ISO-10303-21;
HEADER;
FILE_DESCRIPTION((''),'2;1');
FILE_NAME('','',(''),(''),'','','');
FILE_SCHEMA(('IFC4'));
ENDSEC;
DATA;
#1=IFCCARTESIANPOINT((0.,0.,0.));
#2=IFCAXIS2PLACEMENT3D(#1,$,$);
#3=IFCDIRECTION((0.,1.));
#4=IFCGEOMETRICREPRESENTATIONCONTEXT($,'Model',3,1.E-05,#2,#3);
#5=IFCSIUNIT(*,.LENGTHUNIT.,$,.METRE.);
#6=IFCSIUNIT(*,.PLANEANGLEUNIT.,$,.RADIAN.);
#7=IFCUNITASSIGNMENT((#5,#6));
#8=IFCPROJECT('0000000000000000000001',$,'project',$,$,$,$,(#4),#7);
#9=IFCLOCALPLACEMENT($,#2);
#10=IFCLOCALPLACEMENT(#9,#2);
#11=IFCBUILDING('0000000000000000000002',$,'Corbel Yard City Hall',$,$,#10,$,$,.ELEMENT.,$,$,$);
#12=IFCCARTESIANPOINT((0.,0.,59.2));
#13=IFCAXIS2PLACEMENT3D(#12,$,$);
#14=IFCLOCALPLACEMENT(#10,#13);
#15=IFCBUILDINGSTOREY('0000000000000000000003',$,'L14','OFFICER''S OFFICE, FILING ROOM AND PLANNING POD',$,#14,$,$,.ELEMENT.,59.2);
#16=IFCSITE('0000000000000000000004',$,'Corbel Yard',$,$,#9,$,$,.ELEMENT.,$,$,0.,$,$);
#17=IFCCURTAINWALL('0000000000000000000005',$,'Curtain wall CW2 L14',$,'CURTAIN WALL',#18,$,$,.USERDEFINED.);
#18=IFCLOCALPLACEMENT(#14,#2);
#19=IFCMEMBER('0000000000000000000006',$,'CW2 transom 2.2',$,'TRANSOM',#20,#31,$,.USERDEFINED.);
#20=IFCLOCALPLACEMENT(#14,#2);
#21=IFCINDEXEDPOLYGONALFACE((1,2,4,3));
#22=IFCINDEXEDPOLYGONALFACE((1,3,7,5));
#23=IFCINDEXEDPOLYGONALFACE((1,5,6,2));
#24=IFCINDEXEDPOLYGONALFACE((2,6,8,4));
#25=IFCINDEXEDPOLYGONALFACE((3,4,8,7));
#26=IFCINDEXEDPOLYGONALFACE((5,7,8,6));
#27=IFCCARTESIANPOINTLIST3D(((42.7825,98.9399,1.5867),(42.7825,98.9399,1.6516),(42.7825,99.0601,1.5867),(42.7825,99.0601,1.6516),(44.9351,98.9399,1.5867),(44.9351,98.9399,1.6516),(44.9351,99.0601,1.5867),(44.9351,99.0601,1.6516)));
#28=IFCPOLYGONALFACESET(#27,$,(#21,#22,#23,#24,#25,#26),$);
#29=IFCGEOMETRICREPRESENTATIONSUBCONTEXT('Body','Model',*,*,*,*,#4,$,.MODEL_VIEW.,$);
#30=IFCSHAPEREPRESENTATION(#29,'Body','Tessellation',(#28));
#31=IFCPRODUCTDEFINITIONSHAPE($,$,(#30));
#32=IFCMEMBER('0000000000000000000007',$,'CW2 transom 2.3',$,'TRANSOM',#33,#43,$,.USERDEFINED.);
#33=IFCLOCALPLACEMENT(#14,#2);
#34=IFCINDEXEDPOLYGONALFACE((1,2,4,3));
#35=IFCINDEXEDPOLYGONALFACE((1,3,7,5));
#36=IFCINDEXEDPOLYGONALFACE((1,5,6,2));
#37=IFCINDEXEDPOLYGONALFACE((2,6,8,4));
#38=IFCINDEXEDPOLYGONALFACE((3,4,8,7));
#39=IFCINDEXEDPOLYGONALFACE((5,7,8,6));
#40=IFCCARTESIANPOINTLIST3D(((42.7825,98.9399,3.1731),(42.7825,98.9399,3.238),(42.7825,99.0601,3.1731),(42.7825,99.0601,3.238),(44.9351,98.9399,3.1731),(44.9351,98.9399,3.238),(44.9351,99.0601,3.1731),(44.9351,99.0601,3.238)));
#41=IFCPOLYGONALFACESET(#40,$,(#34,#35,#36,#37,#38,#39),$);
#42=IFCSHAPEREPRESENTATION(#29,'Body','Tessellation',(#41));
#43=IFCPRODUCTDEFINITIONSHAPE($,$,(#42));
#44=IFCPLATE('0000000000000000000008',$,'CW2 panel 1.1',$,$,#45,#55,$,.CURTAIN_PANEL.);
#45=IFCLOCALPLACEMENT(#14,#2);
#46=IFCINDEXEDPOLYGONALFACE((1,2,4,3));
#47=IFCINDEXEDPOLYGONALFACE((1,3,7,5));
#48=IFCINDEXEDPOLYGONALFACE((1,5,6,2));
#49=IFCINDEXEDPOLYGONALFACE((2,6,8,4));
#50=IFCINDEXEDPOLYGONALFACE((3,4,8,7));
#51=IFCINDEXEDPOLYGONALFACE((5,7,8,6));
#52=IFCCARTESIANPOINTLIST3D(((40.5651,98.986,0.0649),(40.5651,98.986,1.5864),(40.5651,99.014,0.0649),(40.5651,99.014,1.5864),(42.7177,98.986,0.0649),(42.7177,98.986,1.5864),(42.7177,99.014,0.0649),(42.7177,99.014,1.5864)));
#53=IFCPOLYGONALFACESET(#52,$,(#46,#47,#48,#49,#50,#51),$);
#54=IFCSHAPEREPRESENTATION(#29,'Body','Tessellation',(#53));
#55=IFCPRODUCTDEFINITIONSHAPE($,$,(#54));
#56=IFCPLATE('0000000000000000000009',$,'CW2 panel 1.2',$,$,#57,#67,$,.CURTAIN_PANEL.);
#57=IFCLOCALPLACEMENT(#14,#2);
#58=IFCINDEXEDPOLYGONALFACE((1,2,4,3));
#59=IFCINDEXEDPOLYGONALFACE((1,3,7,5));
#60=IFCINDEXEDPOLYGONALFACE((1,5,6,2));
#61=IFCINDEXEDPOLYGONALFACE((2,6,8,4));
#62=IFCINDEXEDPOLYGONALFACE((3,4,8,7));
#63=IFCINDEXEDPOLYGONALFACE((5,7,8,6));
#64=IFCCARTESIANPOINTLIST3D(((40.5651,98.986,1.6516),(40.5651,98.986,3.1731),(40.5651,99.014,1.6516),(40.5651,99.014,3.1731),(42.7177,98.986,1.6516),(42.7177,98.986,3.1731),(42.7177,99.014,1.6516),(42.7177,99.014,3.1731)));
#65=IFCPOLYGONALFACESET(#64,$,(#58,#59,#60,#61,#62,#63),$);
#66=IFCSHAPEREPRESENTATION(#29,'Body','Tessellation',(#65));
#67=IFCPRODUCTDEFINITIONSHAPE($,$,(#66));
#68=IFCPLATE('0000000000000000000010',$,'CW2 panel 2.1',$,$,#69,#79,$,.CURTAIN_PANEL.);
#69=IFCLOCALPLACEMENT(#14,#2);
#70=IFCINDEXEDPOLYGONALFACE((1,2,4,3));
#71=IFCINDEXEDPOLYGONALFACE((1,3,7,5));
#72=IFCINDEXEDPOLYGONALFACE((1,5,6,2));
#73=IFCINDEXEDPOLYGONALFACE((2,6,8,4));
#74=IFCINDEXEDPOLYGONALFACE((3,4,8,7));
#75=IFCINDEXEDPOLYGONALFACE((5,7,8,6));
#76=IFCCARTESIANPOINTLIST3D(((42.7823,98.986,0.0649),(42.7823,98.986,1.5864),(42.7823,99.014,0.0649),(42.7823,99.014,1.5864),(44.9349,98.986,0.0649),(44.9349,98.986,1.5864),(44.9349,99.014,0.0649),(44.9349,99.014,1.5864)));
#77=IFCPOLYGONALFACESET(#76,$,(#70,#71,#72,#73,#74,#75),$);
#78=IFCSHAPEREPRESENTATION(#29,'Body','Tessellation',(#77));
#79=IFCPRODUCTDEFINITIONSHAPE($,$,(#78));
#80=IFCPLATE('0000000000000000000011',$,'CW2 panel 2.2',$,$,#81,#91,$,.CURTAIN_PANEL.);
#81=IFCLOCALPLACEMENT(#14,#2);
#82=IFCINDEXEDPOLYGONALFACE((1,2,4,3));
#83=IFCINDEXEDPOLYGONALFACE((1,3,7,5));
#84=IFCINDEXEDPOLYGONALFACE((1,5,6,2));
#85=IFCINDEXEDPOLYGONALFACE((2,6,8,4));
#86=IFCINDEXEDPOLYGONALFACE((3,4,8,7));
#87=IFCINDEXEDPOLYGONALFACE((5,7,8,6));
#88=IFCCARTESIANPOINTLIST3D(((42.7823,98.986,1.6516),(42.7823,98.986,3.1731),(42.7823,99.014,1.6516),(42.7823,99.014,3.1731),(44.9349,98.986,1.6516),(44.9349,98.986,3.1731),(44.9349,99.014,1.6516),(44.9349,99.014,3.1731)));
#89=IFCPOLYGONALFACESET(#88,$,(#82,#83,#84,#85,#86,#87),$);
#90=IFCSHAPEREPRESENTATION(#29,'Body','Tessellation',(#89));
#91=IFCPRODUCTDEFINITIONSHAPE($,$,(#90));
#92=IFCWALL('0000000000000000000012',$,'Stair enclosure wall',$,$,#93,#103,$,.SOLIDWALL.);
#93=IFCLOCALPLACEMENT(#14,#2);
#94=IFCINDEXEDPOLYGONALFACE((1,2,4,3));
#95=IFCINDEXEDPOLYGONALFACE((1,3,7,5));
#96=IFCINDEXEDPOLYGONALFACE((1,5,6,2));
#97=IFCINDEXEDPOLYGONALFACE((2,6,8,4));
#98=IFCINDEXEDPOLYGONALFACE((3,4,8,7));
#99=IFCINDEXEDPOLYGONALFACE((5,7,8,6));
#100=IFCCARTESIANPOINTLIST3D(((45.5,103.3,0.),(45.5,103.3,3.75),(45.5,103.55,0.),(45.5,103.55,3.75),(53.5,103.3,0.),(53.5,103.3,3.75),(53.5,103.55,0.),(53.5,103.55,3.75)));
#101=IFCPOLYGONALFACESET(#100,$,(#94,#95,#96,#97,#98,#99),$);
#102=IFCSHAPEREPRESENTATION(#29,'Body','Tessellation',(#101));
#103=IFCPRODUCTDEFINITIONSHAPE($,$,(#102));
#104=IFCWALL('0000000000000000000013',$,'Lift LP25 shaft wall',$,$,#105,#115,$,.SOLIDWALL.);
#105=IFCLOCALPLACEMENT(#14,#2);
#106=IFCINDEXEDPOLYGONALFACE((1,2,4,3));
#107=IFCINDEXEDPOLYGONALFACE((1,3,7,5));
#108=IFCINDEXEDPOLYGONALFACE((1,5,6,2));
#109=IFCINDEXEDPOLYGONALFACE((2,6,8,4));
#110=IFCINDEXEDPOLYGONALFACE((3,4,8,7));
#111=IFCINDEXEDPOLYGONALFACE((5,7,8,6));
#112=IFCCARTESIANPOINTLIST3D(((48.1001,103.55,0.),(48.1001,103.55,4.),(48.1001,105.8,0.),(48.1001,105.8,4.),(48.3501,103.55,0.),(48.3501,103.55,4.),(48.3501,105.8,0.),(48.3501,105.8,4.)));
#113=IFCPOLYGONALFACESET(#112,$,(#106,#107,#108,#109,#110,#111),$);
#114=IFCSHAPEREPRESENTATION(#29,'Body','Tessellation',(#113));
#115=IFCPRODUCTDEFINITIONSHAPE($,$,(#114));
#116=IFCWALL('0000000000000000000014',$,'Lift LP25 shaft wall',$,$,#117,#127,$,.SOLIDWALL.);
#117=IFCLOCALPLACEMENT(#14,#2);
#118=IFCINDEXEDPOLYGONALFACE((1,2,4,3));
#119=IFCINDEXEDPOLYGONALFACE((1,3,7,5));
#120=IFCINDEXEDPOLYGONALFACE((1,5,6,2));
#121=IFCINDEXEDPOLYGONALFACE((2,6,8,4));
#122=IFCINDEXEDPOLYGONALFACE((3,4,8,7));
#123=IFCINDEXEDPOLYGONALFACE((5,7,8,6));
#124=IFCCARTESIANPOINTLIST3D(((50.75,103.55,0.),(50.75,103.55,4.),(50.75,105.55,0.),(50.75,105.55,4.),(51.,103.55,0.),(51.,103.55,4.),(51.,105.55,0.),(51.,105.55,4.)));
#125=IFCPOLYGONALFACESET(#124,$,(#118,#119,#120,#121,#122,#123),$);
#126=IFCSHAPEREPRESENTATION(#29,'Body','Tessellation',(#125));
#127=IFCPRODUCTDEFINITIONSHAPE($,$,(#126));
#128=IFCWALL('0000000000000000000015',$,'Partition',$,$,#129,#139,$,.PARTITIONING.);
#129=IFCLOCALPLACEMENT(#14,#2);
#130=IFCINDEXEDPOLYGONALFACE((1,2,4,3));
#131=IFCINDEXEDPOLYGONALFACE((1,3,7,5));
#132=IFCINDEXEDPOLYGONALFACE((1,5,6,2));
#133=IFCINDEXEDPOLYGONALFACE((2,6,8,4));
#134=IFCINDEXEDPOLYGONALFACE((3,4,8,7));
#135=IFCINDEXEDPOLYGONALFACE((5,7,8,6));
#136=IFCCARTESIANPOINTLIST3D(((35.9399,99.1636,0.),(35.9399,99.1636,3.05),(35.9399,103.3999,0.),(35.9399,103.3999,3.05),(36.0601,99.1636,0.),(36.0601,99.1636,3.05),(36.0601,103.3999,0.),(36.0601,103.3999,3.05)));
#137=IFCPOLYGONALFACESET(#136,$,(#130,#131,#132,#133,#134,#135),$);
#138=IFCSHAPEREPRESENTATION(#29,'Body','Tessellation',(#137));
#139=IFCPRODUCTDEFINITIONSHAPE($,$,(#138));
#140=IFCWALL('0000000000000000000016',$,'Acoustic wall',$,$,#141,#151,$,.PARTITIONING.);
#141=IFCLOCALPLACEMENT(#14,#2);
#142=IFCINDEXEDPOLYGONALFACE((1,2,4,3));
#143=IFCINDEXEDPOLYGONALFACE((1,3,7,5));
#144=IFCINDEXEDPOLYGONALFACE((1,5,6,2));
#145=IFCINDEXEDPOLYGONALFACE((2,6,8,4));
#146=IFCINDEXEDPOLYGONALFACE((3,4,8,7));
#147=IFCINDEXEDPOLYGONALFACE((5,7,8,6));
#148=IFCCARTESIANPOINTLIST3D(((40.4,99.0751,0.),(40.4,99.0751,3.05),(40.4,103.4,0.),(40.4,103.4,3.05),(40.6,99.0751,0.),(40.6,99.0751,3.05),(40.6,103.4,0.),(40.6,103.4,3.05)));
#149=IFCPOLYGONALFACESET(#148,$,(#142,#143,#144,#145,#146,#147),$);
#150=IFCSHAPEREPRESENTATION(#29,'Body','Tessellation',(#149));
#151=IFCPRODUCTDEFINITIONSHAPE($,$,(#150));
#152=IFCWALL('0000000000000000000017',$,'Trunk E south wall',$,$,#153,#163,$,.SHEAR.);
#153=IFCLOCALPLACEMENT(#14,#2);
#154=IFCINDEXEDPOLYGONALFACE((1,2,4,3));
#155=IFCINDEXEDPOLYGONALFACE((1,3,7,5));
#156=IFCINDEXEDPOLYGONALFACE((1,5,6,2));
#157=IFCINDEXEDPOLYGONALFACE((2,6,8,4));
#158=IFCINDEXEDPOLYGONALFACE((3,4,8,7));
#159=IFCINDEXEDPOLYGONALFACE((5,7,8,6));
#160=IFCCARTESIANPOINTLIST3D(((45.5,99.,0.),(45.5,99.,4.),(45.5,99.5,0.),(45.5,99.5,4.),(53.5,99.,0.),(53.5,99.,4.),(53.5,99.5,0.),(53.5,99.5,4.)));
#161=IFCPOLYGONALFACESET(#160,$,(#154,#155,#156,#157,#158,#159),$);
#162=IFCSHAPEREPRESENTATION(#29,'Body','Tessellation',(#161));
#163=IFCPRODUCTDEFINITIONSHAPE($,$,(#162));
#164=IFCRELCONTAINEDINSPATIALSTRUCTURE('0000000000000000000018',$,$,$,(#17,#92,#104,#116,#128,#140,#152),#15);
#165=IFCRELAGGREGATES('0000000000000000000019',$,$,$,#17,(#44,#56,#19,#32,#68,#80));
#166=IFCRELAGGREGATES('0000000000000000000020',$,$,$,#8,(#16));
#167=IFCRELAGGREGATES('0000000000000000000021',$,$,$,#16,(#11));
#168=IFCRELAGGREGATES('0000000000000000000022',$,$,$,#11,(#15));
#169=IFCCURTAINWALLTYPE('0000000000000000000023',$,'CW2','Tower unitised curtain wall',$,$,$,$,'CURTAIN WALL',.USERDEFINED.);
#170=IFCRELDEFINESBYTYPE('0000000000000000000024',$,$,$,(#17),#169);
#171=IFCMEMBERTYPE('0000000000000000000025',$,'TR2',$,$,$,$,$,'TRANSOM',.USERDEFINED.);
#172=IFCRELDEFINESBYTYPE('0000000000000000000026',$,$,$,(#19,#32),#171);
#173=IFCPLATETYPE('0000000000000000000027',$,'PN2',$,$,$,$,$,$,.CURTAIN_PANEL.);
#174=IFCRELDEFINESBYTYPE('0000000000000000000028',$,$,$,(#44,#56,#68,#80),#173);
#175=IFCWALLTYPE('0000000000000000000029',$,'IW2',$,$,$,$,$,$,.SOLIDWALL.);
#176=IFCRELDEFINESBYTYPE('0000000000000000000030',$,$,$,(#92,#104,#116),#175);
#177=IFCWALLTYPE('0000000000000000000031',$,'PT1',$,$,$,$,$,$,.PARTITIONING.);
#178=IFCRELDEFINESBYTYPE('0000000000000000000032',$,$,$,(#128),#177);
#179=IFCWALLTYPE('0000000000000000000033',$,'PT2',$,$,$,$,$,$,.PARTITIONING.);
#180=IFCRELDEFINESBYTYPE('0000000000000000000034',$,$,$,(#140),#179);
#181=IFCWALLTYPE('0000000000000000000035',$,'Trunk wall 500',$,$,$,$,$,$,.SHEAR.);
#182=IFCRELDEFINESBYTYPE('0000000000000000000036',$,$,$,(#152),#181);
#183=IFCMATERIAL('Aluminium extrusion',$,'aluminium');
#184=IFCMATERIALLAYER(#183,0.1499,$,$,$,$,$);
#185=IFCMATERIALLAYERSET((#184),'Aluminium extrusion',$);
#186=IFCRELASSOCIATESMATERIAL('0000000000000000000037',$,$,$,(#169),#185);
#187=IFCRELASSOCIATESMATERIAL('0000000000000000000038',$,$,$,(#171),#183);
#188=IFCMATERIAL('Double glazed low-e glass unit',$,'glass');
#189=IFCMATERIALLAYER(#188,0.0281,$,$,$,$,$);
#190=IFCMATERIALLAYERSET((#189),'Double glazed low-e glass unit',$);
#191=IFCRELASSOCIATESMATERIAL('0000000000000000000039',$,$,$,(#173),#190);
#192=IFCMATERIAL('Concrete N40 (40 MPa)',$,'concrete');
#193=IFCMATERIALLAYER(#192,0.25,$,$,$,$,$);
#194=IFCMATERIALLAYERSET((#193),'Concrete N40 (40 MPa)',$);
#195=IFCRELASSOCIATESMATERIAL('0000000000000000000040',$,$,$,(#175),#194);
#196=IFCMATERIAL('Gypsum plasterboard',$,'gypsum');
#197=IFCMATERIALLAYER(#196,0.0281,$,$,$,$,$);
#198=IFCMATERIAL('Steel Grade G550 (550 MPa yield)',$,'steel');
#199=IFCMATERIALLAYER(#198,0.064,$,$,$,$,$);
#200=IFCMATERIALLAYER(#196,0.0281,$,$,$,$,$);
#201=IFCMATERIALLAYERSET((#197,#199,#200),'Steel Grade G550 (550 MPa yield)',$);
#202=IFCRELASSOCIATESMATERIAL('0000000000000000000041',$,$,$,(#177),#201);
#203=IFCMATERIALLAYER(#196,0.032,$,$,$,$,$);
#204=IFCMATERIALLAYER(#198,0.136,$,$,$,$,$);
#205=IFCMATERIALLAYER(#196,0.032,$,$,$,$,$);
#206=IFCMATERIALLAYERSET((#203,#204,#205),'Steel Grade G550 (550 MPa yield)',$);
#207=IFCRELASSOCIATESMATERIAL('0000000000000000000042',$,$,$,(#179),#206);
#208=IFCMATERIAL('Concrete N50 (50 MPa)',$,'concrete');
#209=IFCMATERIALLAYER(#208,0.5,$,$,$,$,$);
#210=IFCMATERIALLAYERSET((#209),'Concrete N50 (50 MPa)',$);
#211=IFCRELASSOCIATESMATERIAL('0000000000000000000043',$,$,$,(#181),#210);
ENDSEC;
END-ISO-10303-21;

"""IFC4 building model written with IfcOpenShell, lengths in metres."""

from ifc_helpers import new_model, si_unit, direction, frame, frame_2d, origin, origin_2d, place, context, subcontext, project, spatial, rectangle, extrude, material, layer, layer_set, material_profile, profile_set, type_object, element, aggregate, save


model = new_model("IFC4")

# Units and contexts
model_context = context("Model", 3, precision=1e-05, world=origin(), true_north=direction((0.0, 1.0)))
body_context = subcontext(model_context, "Body", "Model", "MODEL_VIEW")
ifc_project = project(units=[si_unit("LENGTHUNIT", "METRE"), si_unit("PLANEANGLEUNIT", "RADIAN")], contexts=[model_context])

# Site, building, storey
site_placement = place(None, origin())
site = spatial("IfcSite", under=ifc_project, at=site_placement, Name="Corbel Yard", CompositionType="ELEMENT", RefElevation=0.0)
building_placement = place(site_placement, origin())
building = spatial("IfcBuilding", under=site, at=building_placement, Name="Corbel Yard City Hall", CompositionType="ELEMENT")
storey_placement = place(building_placement, frame((0.0, 0.0, 59.2)))
storey = spatial("IfcBuildingStorey", under=building, at=storey_placement, Name="L14", Description="OFFICER'S OFFICE, FILING ROOM AND PLANNING POD", CompositionType="ELEMENT", Elevation=59.2)

# Curtain wall, members, plates
ifc_material_1 = material(Name="Aluminium extrusion", Category="aluminium")
ifc_layer_1 = layer(ifc_material_1, 0.1499)
ifc_layer_set_1 = layer_set([ifc_layer_1], Name="Aluminium extrusion")
curtain_wall_type = type_object("IfcCurtainWallType", Name="CW2", Description="Tower unitised curtain wall", ElementType="CURTAIN WALL", PredefinedType="USERDEFINED", material=ifc_layer_set_1)
curtain_wall_placement = place(storey_placement, origin())
curtain_wall = element("IfcCurtainWall", 1, at=curtain_wall_placement, inside=storey, type_object=curtain_wall_type, Name="Curtain wall CW2 L14", ObjectType="CURTAIN WALL", PredefinedType="USERDEFINED")
ifc_material_profile_1 = material_profile(ifc_material_1, rectangle(XDim=0.1201, YDim=0.0649, at=origin_2d()), Name="120x65")
ifc_profile_set_1 = profile_set([ifc_material_profile_1], Name="Aluminium extrusion")
member_type_1 = type_object("IfcMemberType", Name="TR2", ElementType="TRANSOM", PredefinedType="USERDEFINED", material=ifc_profile_set_1)
member_1_placement = place(storey_placement, frame((42.7825, 99.0, 1.6191), z_axis=(1.0, 0.0, 0.0), x_axis=(0.0, 1.0, 0.0)))
member_1 = element("IfcMember", 2, at=member_1_placement, type_object=member_type_1, Name="CW2 transom 2.2", ObjectType="TRANSOM", PredefinedType="USERDEFINED", context=body_context, shape_type="SweptSolid", body=[
    extrude(rectangle(XDim=0.1201, YDim=0.0649, at=origin_2d()), origin(), (0.0, 0.0, 1.0), 2.1526),
])
member_2_placement = place(storey_placement, frame((42.7825, 99.0, 3.2056), z_axis=(1.0, 0.0, 0.0), x_axis=(0.0, 1.0, 0.0)))
member_2 = element("IfcMember", 3, at=member_2_placement, type_object=member_type_1, Name="CW2 transom 2.3", ObjectType="TRANSOM", PredefinedType="USERDEFINED", context=body_context, shape_type="SweptSolid", body=[
    extrude(rectangle(XDim=0.1201, YDim=0.0649, at=origin_2d()), origin(), (0.0, 0.0, 1.0), 2.1526),
])
ifc_material_2 = material(Name="Double glazed low-e glass unit", Category="glass")
ifc_layer_2 = layer(ifc_material_2, 0.0281)
ifc_layer_set_2 = layer_set([ifc_layer_2], Name="Double glazed low-e glass unit")
plate_type = type_object("IfcPlateType", Name="PN2", PredefinedType="CURTAIN_PANEL", material=ifc_layer_set_2)
plate_1_placement = place(storey_placement, frame((41.6414, 99.0, 0.0649), z_axis=(0.0, 0.0, 1.0), x_axis=(1.0, 0.0, 0.0)))
plate_1 = element("IfcPlate", 4, at=plate_1_placement, type_object=plate_type, Name="CW2 panel 1.1", PredefinedType="CURTAIN_PANEL", context=body_context, shape_type="SweptSolid", body=[
    extrude(rectangle(XDim=2.1526, YDim=0.0281, at=origin_2d()), origin(), (0.0, 0.0, 1.0), 1.5215),
])
plate_2_placement = place(storey_placement, frame((41.6414, 99.0, 1.6516), z_axis=(0.0, 0.0, 1.0), x_axis=(1.0, 0.0, 0.0)))
plate_2 = element("IfcPlate", 5, at=plate_2_placement, type_object=plate_type, Name="CW2 panel 1.2", PredefinedType="CURTAIN_PANEL", context=body_context, shape_type="SweptSolid", body=[
    extrude(rectangle(XDim=2.1526, YDim=0.0281, at=origin_2d()), origin(), (0.0, 0.0, 1.0), 1.5215),
])
plate_3_placement = place(storey_placement, frame((43.8586, 99.0, 0.0649), z_axis=(0.0, 0.0, 1.0), x_axis=(1.0, 0.0, 0.0)))
plate_3 = element("IfcPlate", 6, at=plate_3_placement, type_object=plate_type, Name="CW2 panel 2.1", PredefinedType="CURTAIN_PANEL", context=body_context, shape_type="SweptSolid", body=[
    extrude(rectangle(XDim=2.1526, YDim=0.0281, at=origin_2d()), origin(), (0.0, 0.0, 1.0), 1.5215),
])
plate_4_placement = place(storey_placement, frame((43.8586, 99.0, 1.6516), z_axis=(0.0, 0.0, 1.0), x_axis=(1.0, 0.0, 0.0)))
plate_4 = element("IfcPlate", 7, at=plate_4_placement, type_object=plate_type, Name="CW2 panel 2.2", PredefinedType="CURTAIN_PANEL", context=body_context, shape_type="SweptSolid", body=[
    extrude(rectangle(XDim=2.1526, YDim=0.0281, at=origin_2d()), origin(), (0.0, 0.0, 1.0), 1.5215),
])
aggregate(curtain_wall, [plate_1, plate_2, member_1, member_2, plate_3, plate_4])

# Walls
ifc_material_3 = material(Name="Concrete N40 (40 MPa)", Category="concrete")
ifc_layer_3 = layer(ifc_material_3, 0.25)
ifc_layer_set_3 = layer_set([ifc_layer_3], Name="Concrete N40 (40 MPa)")
wall_type_1 = type_object("IfcWallType", Name="IW2", PredefinedType="SOLIDWALL", material=ifc_layer_set_3)
wall_1_placement = place(storey_placement, frame((45.5, 103.425, 0.0), z_axis=(0.0, 0.0, 1.0), x_axis=(1.0, 0.0, 0.0)))
element("IfcWall", 8, at=wall_1_placement, inside=storey, type_object=wall_type_1, Name="Stair enclosure wall", PredefinedType="SOLIDWALL", context=body_context, shape_type="SweptSolid", body=[
    extrude(rectangle(XDim=8.0, YDim=0.25, at=frame_2d((4.0, 0.0))), origin(), (0.0, 0.0, 1.0), 3.75),
])
wall_2_placement = place(storey_placement, frame((48.2251, 103.55, 0.0), z_axis=(0.0, 0.0, 1.0), x_axis=(0.0, 1.0, 0.0)))
element("IfcWall", 9, at=wall_2_placement, inside=storey, type_object=wall_type_1, Name="Lift LP25 shaft wall", PredefinedType="SOLIDWALL", context=body_context, shape_type="SweptSolid", body=[
    extrude(rectangle(XDim=2.25, YDim=0.25, at=frame_2d((1.125, 0.0))), origin(), (0.0, 0.0, 1.0), 4.0),
])
wall_3_placement = place(storey_placement, frame((50.875, 103.55, 0.0), z_axis=(0.0, 0.0, 1.0), x_axis=(0.0, 1.0, 0.0)))
element("IfcWall", 10, at=wall_3_placement, inside=storey, type_object=wall_type_1, Name="Lift LP25 shaft wall", PredefinedType="SOLIDWALL", context=body_context, shape_type="SweptSolid", body=[
    extrude(rectangle(XDim=2.0, YDim=0.25, at=frame_2d((1.0, 0.0))), origin(), (0.0, 0.0, 1.0), 4.0),
])
ifc_material_4 = material(Name="Gypsum plasterboard", Category="gypsum")
ifc_layer_4 = layer(ifc_material_4, 0.0281)
ifc_material_5 = material(Name="Steel Grade G550 (550 MPa yield)", Category="steel")
ifc_layer_5 = layer(ifc_material_5, 0.064)
ifc_layer_6 = layer(ifc_material_4, 0.0281)
ifc_layer_set_4 = layer_set([ifc_layer_4, ifc_layer_5, ifc_layer_6], Name="Steel Grade G550 (550 MPa yield)")
wall_type_2 = type_object("IfcWallType", Name="PT1", PredefinedType="PARTITIONING", material=ifc_layer_set_4)
wall_4_placement = place(storey_placement, frame((36.0, 99.1636, 0.0), z_axis=(0.0, 0.0, 1.0), x_axis=(0.0, 1.0, 0.0)))
element("IfcWall", 11, at=wall_4_placement, inside=storey, type_object=wall_type_2, Name="Partition", PredefinedType="PARTITIONING", context=body_context, shape_type="SweptSolid", body=[
    extrude(rectangle(XDim=4.2363, YDim=0.1201, at=frame_2d((2.1182, 0.0))), origin(), (0.0, 0.0, 1.0), 3.05),
])
ifc_layer_7 = layer(ifc_material_4, 0.032)
ifc_layer_8 = layer(ifc_material_5, 0.136)
ifc_layer_9 = layer(ifc_material_4, 0.032)
ifc_layer_set_5 = layer_set([ifc_layer_7, ifc_layer_8, ifc_layer_9], Name="Steel Grade G550 (550 MPa yield)")
wall_type_3 = type_object("IfcWallType", Name="PT2", PredefinedType="PARTITIONING", material=ifc_layer_set_5)
wall_5_placement = place(storey_placement, frame((40.5, 99.075, 0.0), z_axis=(0.0, 0.0, 1.0), x_axis=(0.0, 1.0, 0.0)))
element("IfcWall", 12, at=wall_5_placement, inside=storey, type_object=wall_type_3, Name="Acoustic wall", PredefinedType="PARTITIONING", context=body_context, shape_type="SweptSolid", body=[
    extrude(rectangle(XDim=4.325, YDim=0.2, at=frame_2d((2.1626, 0.0))), origin(), (0.0, 0.0, 1.0), 3.05),
])
ifc_material_6 = material(Name="Concrete N50 (50 MPa)", Category="concrete")
ifc_layer_10 = layer(ifc_material_6, 0.5)
ifc_layer_set_6 = layer_set([ifc_layer_10], Name="Concrete N50 (50 MPa)")
wall_type_4 = type_object("IfcWallType", Name="Trunk wall 500", PredefinedType="SHEAR", material=ifc_layer_set_6)
wall_6_placement = place(storey_placement, frame((45.5, 99.25, 0.0), z_axis=(0.0, 0.0, 1.0), x_axis=(1.0, 0.0, 0.0)))
element("IfcWall", 13, at=wall_6_placement, inside=storey, type_object=wall_type_4, Name="Trunk E south wall", PredefinedType="SHEAR", context=body_context, shape_type="SweptSolid", body=[
    extrude(rectangle(XDim=8.0, YDim=0.5, at=frame_2d((4.0, 0.0))), origin(), (0.0, 0.0, 1.0), 4.0),
])

save(model, "model.ifc")
